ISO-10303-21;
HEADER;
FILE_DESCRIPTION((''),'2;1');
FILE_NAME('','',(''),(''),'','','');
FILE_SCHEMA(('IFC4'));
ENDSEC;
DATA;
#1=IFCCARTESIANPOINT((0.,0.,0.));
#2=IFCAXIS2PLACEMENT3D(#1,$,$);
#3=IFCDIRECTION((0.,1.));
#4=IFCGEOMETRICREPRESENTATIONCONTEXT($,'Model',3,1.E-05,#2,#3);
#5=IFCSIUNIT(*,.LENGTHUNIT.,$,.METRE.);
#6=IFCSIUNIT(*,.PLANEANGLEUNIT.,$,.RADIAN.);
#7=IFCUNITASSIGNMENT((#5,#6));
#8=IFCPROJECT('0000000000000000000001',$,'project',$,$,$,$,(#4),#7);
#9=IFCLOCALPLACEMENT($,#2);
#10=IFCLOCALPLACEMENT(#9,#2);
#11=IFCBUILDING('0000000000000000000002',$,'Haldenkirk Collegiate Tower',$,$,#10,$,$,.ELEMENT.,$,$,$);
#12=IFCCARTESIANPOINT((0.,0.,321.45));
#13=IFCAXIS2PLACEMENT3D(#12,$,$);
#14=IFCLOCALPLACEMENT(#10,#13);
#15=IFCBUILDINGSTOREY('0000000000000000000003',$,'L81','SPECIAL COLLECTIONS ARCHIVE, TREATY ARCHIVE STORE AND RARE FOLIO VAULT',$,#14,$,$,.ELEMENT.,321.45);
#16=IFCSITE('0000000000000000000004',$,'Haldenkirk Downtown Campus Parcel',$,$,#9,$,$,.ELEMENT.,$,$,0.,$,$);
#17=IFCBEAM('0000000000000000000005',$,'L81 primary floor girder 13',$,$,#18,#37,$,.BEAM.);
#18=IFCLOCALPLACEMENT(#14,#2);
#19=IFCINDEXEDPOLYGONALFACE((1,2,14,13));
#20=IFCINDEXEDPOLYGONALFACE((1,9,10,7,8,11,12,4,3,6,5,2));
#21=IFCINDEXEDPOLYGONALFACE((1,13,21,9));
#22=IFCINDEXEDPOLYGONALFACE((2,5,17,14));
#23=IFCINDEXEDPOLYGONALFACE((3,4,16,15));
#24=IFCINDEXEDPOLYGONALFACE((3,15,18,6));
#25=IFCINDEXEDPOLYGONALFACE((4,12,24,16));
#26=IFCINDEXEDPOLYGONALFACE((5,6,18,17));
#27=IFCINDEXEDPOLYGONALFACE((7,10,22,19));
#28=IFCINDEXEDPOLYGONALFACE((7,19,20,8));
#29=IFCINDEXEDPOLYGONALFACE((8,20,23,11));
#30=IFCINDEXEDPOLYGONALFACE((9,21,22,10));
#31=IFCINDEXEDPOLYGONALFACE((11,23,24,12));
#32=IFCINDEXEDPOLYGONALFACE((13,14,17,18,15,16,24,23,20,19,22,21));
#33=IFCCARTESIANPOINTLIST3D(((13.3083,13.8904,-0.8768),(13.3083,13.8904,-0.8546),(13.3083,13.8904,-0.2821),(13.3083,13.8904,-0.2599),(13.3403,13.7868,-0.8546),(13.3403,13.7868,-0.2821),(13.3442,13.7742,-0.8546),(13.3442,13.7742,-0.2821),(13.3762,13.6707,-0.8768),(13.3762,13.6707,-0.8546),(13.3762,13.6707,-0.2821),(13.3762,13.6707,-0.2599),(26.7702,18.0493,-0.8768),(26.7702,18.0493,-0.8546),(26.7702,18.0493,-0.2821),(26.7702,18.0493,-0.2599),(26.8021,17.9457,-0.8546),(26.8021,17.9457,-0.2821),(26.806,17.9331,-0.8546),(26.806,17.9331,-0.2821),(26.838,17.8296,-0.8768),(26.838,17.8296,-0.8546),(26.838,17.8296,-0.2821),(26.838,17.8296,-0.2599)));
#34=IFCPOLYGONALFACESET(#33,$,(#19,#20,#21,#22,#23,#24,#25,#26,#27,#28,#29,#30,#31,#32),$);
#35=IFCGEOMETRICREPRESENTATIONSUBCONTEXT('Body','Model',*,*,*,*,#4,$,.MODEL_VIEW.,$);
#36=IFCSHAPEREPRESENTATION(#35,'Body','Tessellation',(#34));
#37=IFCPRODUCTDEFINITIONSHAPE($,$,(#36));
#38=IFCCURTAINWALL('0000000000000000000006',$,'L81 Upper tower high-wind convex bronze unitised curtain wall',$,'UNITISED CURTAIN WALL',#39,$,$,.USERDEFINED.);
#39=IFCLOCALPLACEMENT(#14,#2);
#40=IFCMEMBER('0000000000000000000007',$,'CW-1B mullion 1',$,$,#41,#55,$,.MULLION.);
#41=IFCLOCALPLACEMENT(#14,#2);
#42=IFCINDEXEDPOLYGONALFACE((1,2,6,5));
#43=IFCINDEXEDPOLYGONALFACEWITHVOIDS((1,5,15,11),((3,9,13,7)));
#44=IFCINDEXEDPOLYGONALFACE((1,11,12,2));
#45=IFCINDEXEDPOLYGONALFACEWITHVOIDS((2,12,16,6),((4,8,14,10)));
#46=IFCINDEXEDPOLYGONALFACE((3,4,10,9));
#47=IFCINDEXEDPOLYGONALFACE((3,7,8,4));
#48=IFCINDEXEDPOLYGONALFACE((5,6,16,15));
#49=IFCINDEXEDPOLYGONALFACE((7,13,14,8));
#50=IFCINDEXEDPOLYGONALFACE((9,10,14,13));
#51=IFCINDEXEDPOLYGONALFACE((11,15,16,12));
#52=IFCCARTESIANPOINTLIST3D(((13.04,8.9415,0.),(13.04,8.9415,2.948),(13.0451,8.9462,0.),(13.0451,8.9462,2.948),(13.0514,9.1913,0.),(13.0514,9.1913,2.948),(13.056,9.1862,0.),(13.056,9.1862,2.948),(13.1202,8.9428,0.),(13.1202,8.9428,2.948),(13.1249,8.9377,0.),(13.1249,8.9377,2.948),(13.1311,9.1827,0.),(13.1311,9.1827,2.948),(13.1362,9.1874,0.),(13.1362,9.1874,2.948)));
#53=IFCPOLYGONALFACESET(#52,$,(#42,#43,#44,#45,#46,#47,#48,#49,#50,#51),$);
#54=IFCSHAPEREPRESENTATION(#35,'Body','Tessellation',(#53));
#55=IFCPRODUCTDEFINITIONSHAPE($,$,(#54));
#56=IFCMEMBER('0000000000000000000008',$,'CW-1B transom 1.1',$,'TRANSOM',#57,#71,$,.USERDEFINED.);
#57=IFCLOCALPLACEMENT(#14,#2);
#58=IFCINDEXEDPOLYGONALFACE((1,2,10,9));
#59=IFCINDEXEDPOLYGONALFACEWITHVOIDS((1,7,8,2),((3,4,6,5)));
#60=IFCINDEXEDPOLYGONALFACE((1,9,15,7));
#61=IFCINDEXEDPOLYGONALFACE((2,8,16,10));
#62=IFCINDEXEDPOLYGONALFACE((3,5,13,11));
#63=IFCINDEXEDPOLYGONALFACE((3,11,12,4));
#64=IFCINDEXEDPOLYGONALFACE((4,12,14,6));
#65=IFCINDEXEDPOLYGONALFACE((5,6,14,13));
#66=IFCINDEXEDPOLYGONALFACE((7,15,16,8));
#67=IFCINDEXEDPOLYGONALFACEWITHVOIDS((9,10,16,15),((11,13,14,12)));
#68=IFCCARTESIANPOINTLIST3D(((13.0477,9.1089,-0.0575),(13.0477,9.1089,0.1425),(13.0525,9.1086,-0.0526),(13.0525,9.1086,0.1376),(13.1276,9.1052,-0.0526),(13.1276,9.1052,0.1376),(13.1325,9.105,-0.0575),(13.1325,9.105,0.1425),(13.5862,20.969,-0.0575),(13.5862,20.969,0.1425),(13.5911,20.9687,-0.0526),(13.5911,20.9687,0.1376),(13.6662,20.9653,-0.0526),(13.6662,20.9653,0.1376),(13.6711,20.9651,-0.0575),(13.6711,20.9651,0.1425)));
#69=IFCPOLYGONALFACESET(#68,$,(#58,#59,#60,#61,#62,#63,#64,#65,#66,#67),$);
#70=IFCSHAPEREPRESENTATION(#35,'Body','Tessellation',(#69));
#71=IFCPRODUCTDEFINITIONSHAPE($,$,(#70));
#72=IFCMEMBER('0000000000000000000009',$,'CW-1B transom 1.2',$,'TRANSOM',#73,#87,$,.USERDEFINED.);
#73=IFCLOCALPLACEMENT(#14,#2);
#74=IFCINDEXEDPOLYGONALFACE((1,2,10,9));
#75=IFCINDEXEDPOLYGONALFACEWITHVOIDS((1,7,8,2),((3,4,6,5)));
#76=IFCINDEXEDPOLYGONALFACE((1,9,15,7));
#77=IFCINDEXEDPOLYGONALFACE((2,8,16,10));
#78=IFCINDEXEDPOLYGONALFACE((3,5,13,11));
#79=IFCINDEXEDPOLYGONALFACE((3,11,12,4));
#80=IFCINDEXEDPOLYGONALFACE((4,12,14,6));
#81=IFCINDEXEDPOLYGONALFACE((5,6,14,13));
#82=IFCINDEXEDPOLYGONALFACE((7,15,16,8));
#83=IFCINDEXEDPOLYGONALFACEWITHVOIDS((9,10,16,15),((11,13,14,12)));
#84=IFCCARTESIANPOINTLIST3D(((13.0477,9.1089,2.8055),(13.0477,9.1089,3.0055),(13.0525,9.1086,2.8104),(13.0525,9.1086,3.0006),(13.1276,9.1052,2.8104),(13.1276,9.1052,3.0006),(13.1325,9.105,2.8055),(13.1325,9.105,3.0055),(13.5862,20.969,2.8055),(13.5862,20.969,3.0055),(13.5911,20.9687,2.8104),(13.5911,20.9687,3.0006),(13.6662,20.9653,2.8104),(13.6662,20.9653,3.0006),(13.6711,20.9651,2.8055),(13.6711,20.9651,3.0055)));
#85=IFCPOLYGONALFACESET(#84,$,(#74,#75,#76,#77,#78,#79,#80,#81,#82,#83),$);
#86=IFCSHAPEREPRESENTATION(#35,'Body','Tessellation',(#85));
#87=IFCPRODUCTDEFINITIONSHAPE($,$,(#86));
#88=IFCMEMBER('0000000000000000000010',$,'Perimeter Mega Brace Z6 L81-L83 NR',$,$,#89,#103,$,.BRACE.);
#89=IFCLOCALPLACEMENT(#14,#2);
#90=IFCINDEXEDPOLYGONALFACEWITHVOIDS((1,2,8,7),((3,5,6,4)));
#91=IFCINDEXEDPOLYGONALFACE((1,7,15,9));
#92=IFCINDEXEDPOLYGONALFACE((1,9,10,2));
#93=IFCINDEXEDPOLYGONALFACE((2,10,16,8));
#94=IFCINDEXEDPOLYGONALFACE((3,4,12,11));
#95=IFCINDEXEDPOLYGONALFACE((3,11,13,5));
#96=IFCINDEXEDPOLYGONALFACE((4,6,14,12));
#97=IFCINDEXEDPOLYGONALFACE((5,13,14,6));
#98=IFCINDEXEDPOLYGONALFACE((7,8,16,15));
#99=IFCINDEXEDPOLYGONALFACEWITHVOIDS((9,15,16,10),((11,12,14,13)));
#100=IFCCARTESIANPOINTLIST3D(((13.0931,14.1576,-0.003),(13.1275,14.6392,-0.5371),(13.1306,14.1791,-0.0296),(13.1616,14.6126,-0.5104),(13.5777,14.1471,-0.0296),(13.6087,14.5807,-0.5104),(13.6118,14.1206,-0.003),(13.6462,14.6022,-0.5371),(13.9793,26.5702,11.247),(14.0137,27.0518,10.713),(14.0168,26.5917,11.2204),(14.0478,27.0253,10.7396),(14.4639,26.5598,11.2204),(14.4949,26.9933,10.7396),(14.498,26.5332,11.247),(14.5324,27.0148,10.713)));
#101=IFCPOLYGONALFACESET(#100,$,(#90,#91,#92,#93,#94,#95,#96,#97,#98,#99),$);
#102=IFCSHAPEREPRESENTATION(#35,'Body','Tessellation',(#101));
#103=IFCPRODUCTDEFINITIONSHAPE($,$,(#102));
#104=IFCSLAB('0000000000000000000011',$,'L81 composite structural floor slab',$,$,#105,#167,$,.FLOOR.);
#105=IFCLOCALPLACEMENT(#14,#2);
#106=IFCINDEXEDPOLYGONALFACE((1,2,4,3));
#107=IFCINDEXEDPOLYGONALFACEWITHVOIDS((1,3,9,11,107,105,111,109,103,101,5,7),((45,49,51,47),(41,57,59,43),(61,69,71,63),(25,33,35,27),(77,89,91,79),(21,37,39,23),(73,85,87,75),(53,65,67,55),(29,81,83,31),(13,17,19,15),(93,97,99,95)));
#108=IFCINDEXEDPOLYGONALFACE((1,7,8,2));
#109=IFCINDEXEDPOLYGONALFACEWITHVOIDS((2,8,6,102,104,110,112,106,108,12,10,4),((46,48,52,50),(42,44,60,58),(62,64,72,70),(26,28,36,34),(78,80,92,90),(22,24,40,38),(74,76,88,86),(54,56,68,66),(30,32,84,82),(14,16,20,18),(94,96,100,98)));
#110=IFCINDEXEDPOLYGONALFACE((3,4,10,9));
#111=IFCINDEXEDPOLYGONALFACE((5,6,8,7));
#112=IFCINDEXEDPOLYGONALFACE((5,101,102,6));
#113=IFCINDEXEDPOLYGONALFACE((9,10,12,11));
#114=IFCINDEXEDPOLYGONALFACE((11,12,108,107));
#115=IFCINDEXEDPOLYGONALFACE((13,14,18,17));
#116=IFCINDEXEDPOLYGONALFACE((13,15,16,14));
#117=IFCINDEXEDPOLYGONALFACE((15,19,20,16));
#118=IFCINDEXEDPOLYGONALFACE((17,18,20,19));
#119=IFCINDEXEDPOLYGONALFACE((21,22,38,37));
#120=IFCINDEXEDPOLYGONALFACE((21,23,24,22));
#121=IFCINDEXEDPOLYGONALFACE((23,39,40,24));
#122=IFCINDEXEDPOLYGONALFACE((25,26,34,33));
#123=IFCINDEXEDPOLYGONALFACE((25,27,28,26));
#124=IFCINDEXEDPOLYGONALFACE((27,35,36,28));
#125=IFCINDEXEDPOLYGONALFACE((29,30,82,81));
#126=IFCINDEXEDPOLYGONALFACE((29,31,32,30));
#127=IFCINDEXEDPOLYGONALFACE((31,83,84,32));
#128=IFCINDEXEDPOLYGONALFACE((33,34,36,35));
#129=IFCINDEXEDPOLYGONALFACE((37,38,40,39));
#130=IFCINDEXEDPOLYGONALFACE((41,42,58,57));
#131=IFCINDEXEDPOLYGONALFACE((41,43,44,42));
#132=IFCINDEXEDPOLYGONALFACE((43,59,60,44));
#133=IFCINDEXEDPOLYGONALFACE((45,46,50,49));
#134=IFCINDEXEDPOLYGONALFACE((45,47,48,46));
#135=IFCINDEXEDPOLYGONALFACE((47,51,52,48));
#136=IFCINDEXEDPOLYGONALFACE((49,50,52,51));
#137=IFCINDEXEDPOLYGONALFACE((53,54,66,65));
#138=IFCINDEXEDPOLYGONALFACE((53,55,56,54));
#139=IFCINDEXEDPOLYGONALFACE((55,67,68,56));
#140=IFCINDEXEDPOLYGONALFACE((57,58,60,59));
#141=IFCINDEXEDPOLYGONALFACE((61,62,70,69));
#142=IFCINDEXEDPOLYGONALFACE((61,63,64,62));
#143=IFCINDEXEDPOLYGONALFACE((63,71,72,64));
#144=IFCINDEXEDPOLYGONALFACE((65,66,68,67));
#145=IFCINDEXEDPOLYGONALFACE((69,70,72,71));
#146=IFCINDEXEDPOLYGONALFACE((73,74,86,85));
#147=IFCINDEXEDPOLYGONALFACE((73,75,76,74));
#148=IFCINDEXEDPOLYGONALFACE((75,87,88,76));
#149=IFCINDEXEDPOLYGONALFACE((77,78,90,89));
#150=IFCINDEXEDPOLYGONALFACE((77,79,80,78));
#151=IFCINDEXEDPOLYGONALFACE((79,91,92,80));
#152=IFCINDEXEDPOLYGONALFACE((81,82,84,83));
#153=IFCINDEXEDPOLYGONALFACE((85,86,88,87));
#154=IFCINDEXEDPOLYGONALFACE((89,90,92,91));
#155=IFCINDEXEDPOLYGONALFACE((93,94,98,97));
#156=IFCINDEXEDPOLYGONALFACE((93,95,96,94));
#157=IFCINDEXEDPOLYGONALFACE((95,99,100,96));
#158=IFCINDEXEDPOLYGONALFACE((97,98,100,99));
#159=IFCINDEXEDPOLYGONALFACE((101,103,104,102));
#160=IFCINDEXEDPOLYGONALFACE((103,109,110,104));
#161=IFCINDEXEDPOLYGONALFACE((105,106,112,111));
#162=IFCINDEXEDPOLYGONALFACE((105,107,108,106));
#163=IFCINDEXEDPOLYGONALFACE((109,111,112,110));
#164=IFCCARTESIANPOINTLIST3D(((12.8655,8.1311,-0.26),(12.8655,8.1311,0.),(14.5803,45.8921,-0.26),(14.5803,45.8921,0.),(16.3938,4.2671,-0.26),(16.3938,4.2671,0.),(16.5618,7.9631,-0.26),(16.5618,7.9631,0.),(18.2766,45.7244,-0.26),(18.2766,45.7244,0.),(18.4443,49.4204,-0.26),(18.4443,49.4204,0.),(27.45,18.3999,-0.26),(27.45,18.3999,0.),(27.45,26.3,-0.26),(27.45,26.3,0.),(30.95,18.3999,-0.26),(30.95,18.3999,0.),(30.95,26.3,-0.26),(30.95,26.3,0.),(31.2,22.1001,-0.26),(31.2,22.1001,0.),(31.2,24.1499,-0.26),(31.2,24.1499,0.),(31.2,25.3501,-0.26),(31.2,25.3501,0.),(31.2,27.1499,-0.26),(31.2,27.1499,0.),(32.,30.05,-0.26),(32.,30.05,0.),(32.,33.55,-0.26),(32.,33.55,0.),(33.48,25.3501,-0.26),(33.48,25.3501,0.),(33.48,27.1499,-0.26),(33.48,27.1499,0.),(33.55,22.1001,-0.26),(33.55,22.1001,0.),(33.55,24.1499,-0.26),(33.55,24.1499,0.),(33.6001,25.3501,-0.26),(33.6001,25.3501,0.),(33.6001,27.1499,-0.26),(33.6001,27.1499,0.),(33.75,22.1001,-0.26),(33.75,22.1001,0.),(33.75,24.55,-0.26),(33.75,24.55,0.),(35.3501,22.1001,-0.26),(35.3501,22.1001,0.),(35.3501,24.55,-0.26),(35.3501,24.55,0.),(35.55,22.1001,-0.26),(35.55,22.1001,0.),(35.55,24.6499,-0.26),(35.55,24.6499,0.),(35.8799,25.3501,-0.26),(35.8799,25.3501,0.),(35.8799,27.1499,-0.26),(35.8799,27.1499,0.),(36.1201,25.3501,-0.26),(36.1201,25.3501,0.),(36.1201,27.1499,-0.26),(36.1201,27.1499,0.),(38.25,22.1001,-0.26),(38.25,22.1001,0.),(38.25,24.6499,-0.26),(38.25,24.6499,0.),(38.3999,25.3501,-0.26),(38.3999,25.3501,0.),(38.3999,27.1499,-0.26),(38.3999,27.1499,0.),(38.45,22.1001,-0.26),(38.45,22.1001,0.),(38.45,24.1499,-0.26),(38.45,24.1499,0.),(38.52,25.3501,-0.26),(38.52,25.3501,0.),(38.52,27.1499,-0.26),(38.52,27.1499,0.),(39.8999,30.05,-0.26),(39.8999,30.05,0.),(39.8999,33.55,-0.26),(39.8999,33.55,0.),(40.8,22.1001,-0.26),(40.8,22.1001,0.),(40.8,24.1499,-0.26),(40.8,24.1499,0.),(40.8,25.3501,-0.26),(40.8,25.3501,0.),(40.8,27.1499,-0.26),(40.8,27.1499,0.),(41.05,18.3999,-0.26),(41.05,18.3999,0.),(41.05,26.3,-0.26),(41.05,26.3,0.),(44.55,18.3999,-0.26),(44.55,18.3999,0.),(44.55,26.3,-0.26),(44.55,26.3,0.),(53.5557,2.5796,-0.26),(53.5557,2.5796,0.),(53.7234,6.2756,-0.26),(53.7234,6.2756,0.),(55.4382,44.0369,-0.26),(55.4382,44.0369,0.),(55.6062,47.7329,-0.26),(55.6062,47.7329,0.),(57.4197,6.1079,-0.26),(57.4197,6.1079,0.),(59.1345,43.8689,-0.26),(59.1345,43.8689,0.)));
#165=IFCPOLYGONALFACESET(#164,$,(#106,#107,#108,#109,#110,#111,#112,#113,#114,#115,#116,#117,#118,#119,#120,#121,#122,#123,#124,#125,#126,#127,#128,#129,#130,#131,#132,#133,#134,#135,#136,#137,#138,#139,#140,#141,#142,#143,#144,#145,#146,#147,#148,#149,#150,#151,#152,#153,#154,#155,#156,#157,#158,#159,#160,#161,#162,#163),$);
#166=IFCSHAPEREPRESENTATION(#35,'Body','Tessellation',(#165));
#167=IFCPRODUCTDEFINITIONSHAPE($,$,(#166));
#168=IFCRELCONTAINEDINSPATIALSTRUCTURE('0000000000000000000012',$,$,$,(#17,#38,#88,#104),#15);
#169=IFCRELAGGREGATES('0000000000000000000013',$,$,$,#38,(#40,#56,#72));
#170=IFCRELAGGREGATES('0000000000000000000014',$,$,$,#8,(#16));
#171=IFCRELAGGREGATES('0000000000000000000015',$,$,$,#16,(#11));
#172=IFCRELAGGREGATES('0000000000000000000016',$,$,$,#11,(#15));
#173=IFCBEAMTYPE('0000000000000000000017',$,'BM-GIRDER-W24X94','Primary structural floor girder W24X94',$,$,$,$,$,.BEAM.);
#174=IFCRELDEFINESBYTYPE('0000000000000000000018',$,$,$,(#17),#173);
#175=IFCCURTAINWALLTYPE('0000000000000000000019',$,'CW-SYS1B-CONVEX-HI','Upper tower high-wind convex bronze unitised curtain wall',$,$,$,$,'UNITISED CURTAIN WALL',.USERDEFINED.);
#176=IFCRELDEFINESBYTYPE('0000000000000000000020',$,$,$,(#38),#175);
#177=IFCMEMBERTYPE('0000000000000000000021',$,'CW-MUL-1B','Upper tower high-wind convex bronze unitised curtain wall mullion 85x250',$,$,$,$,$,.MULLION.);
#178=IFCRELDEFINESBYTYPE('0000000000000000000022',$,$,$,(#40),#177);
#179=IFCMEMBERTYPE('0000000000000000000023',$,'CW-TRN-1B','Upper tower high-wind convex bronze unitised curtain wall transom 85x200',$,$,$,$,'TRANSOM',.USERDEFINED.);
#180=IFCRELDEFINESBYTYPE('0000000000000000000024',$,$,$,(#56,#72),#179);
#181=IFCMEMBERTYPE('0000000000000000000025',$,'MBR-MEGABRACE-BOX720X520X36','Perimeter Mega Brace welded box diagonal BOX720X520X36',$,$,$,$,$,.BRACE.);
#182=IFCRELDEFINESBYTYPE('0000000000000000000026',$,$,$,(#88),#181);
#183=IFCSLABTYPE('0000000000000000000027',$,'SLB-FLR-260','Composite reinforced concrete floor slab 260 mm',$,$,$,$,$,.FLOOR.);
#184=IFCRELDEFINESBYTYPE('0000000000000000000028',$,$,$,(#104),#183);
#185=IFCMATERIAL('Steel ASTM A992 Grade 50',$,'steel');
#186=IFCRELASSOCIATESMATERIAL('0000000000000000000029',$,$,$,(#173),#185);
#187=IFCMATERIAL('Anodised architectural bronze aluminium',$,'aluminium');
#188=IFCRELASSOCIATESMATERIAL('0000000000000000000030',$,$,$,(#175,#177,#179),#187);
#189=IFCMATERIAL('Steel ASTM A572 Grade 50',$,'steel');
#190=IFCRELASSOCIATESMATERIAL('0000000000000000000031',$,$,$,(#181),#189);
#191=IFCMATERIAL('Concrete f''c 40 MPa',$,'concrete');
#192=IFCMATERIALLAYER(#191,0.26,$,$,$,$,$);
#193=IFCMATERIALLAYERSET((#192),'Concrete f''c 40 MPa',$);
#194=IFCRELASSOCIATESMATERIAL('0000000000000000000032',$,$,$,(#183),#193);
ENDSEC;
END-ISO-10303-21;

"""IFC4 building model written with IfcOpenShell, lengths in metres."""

from ifc_helpers import new_model, si_unit, direction, frame, origin, origin_2d, place, context, subcontext, project, spatial, polyline, hollow_rectangle, i_section, outline, extrude, material, layer, layer_set, material_profile, profile_set, type_object, element, aggregate, save


model = new_model("IFC4")

# Units and contexts
model_context = context("Model", 3, precision=1e-05, world=origin(), true_north=direction((0.0, 1.0)))
body_context = subcontext(model_context, "Body", "Model", "MODEL_VIEW")
ifc_project = project(units=[si_unit("LENGTHUNIT", "METRE"), si_unit("PLANEANGLEUNIT", "RADIAN")], contexts=[model_context])

# Site, building, storey
site_placement = place(None, origin())
site = spatial("IfcSite", under=ifc_project, at=site_placement, Name="Haldenkirk Downtown Campus Parcel", CompositionType="ELEMENT", RefElevation=0.0)
building_placement = place(site_placement, origin())
building = spatial("IfcBuilding", under=site, at=building_placement, Name="Haldenkirk Collegiate Tower", CompositionType="ELEMENT")
storey_placement = place(building_placement, frame((0.0, 0.0, 321.45)))
storey = spatial("IfcBuildingStorey", under=building, at=storey_placement, Name="L81", Description="SPECIAL COLLECTIONS ARCHIVE, TREATY ARCHIVE STORE AND RARE FOLIO VAULT", CompositionType="ELEMENT", Elevation=321.45)

# Beam
ifc_material_1 = material(Name="Steel ASTM A992 Grade 50", Category="steel")
ifc_material_profile_1 = material_profile(ifc_material_1, i_section(OverallWidth=0.23, OverallDepth=0.6169, WebThickness=0.0132, FlangeThickness=0.0222, at=origin_2d()), Name="W24X94")
ifc_profile_set_1 = profile_set([ifc_material_profile_1], Name="Steel ASTM A992 Grade 50")
beam_type = type_object("IfcBeamType", Name="BM-GIRDER-W24X94", Description="Primary structural floor girder W24X94", PredefinedType="BEAM", material=ifc_profile_set_1)
beam_placement = place(storey_placement, frame((13.3423, 13.7805, -0.5684), z_axis=(0.955443, 0.295175, 0.0), x_axis=(-0.295175, 0.955443, 0.0)))
element("IfcBeam", 1, at=beam_placement, inside=storey, type_object=beam_type, Name="L81 primary floor girder 13", PredefinedType="BEAM", context=body_context, shape_type="SweptSolid", body=[
    extrude(i_section(OverallWidth=0.23, OverallDepth=0.6169, WebThickness=0.0132, FlangeThickness=0.0222, at=origin_2d()), origin(), (0.0, 0.0, 1.0), 14.0896),
])

# Curtain wall, members
ifc_material_2 = material(Name="Anodised architectural bronze aluminium", Category="aluminium")
curtain_wall_type = type_object("IfcCurtainWallType", Name="CW-SYS1B-CONVEX-HI", Description="Upper tower high-wind convex bronze unitised curtain wall", ElementType="UNITISED CURTAIN WALL", PredefinedType="USERDEFINED", material=ifc_material_2)
curtain_wall_placement = place(storey_placement, origin())
curtain_wall = element("IfcCurtainWall", 2, at=curtain_wall_placement, inside=storey, type_object=curtain_wall_type, Name="L81 Upper tower high-wind convex bronze unitised curtain wall", ObjectType="UNITISED CURTAIN WALL", PredefinedType="USERDEFINED")
ifc_material_profile_2 = material_profile(ifc_material_2, hollow_rectangle(XDim=0.085, YDim=0.25, WallThickness=0.0049, at=origin_2d()), Name="CW-MUL-1B")
ifc_profile_set_2 = profile_set([ifc_material_profile_2], Name="Anodised architectural bronze aluminium")
member_type_1 = type_object("IfcMemberType", Name="CW-MUL-1B", Description="Upper tower high-wind convex bronze unitised curtain wall mullion 85x250", PredefinedType="MULLION", material=ifc_profile_set_2)
member_1_placement = place(storey_placement, frame((13.0881, 9.0645, 0.0), z_axis=(0.0, 0.0, 1.0), x_axis=(-0.998971, 0.045364, 0.0)))
member_1 = element("IfcMember", 3, at=member_1_placement, type_object=member_type_1, Name="CW-1B mullion 1", PredefinedType="MULLION", context=body_context, shape_type="SweptSolid", body=[
    extrude(hollow_rectangle(XDim=0.085, YDim=0.25, WallThickness=0.0049, at=origin_2d()), origin(), (0.0, 0.0, 1.0), 2.948),
])
ifc_material_profile_3 = material_profile(ifc_material_2, hollow_rectangle(XDim=0.085, YDim=0.2, WallThickness=0.0049, at=origin_2d()), Name="CW-TRN-1B")
ifc_profile_set_3 = profile_set([ifc_material_profile_3], Name="Anodised architectural bronze aluminium")
member_type_2 = type_object("IfcMemberType", Name="CW-TRN-1B", Description="Upper tower high-wind convex bronze unitised curtain wall transom 85x200", ElementType="TRANSOM", PredefinedType="USERDEFINED", material=ifc_profile_set_3)
member_2_placement = place(storey_placement, frame((13.0901, 9.1069, 0.0425), z_axis=(0.045364, 0.998971, 0.0), x_axis=(-0.998971, 0.045364, 0.0)))
member_2 = element("IfcMember", 4, at=member_2_placement, type_object=member_type_2, Name="CW-1B transom 1.1", ObjectType="TRANSOM", PredefinedType="USERDEFINED", context=body_context, shape_type="SweptSolid", body=[
    extrude(hollow_rectangle(XDim=0.085, YDim=0.2, WallThickness=0.0049, at=origin_2d()), origin(), (0.0, 0.0, 1.0), 11.8723),
])
member_3_placement = place(storey_placement, frame((13.0901, 9.1069, 2.9055), z_axis=(0.045364, 0.998971, 0.0), x_axis=(-0.998971, 0.045364, 0.0)))
member_3 = element("IfcMember", 5, at=member_3_placement, type_object=member_type_2, Name="CW-1B transom 1.2", ObjectType="TRANSOM", PredefinedType="USERDEFINED", context=body_context, shape_type="SweptSolid", body=[
    extrude(hollow_rectangle(XDim=0.085, YDim=0.2, WallThickness=0.0049, at=origin_2d()), origin(), (0.0, 0.0, 1.0), 11.8723),
])

# Member
ifc_material_3 = material(Name="Steel ASTM A572 Grade 50", Category="steel")
ifc_material_profile_4 = material_profile(ifc_material_3, hollow_rectangle(XDim=0.52, YDim=0.72, WallThickness=0.0359, at=origin_2d()), Name="BOX720X520X36")
ifc_profile_set_4 = profile_set([ifc_material_profile_4], Name="Steel ASTM A572 Grade 50")
member_type_3 = type_object("IfcMemberType", Name="MBR-MEGABRACE-BOX720X520X36", Description="Perimeter Mega Brace welded box diagonal BOX720X520X36", PredefinedType="BRACE", material=ifc_profile_set_4)
member_4_placement = place(storey_placement, frame((13.3696, 14.3799, -0.27), z_axis=(0.052829, 0.73992, 0.670617), x_axis=(-0.997461, 0.071216, 0.0)))
element("IfcMember", 6, at=member_4_placement, inside=storey, type_object=member_type_3, Name="Perimeter Mega Brace Z6 L81-L83 NR", PredefinedType="BRACE", context=body_context, shape_type="SweptSolid", body=[
    extrude(hollow_rectangle(XDim=0.52, YDim=0.72, WallThickness=0.0359, at=origin_2d()), origin(), (0.0, 0.0, 1.0), 16.7756),
])

# Slab
ifc_material_4 = material(Name="Concrete f'c 40 MPa", Category="concrete")
ifc_layer_1 = layer(ifc_material_4, 0.26)
ifc_layer_set_1 = layer_set([ifc_layer_1], Name="Concrete f'c 40 MPa")
slab_type_1 = type_object("IfcSlabType", Name="SLB-FLR-260", Description="Composite reinforced concrete floor slab 260 mm", PredefinedType="FLOOR", material=ifc_layer_set_1)
slab_1_placement = place(storey_placement, frame((0.0, 0.0, -0.26)))
element("IfcSlab", 7, at=slab_1_placement, inside=storey, type_object=slab_type_1, Name="L81 composite structural floor slab", PredefinedType="FLOOR", context=body_context, shape_type="SweptSolid", body=[
    extrude(outline(polyline([(57.4197, 6.1079), (59.1345, 43.8689), (55.4382, 44.0369), (55.6062, 47.7329), (18.4443, 49.4204), (18.2766, 45.7244), (14.5803, 45.8921), (12.8655, 8.1311), (16.5618, 7.9631), (16.3938, 4.2671), (53.5557, 2.5796), (53.7234, 6.2756), (57.4197, 6.1079)]), holes=[polyline([(27.45, 18.3999), (30.95, 18.3999), (30.95, 26.3), (27.45, 26.3), (27.45, 18.3999)]), polyline([(41.05, 18.3999), (44.55, 18.3999), (44.55, 26.3), (41.05, 26.3), (41.05, 18.3999)]), polyline([(32.0, 30.05), (39.8999, 30.05), (39.8999, 33.55), (32.0, 33.55), (32.0, 30.05)]), polyline([(33.75, 22.1001), (35.3501, 22.1001), (35.3501, 24.55), (33.75, 24.55), (33.75, 22.1001)]), polyline([(31.2, 25.3501), (33.48, 25.3501), (33.48, 27.1499), (31.2, 27.1499), (31.2, 25.3501)]), polyline([(33.6001, 25.3501), (35.8799, 25.3501), (35.8799, 27.1499), (33.6001, 27.1499), (33.6001, 25.3501)]), polyline([(36.1201, 25.3501), (38.3999, 25.3501), (38.3999, 27.1499), (36.1201, 27.1499), (36.1201, 25.3501)]), polyline([(38.52, 25.3501), (40.8, 25.3501), (40.8, 27.1499), (38.52, 27.1499), (38.52, 25.3501)]), polyline([(31.2, 22.1001), (33.55, 22.1001), (33.55, 24.1499), (31.2, 24.1499), (31.2, 22.1001)]), polyline([(38.45, 22.1001), (40.8, 22.1001), (40.8, 24.1499), (38.45, 24.1499), (38.45, 22.1001)]), polyline([(35.55, 22.1001), (38.25, 22.1001), (38.25, 24.6499), (35.55, 24.6499), (35.55, 22.1001)])]), origin(), (0.0, 0.0, 1.0), 0.26),
])

aggregate(curtain_wall, [member_1, member_2, member_3])

save(model, "model.ifc")
